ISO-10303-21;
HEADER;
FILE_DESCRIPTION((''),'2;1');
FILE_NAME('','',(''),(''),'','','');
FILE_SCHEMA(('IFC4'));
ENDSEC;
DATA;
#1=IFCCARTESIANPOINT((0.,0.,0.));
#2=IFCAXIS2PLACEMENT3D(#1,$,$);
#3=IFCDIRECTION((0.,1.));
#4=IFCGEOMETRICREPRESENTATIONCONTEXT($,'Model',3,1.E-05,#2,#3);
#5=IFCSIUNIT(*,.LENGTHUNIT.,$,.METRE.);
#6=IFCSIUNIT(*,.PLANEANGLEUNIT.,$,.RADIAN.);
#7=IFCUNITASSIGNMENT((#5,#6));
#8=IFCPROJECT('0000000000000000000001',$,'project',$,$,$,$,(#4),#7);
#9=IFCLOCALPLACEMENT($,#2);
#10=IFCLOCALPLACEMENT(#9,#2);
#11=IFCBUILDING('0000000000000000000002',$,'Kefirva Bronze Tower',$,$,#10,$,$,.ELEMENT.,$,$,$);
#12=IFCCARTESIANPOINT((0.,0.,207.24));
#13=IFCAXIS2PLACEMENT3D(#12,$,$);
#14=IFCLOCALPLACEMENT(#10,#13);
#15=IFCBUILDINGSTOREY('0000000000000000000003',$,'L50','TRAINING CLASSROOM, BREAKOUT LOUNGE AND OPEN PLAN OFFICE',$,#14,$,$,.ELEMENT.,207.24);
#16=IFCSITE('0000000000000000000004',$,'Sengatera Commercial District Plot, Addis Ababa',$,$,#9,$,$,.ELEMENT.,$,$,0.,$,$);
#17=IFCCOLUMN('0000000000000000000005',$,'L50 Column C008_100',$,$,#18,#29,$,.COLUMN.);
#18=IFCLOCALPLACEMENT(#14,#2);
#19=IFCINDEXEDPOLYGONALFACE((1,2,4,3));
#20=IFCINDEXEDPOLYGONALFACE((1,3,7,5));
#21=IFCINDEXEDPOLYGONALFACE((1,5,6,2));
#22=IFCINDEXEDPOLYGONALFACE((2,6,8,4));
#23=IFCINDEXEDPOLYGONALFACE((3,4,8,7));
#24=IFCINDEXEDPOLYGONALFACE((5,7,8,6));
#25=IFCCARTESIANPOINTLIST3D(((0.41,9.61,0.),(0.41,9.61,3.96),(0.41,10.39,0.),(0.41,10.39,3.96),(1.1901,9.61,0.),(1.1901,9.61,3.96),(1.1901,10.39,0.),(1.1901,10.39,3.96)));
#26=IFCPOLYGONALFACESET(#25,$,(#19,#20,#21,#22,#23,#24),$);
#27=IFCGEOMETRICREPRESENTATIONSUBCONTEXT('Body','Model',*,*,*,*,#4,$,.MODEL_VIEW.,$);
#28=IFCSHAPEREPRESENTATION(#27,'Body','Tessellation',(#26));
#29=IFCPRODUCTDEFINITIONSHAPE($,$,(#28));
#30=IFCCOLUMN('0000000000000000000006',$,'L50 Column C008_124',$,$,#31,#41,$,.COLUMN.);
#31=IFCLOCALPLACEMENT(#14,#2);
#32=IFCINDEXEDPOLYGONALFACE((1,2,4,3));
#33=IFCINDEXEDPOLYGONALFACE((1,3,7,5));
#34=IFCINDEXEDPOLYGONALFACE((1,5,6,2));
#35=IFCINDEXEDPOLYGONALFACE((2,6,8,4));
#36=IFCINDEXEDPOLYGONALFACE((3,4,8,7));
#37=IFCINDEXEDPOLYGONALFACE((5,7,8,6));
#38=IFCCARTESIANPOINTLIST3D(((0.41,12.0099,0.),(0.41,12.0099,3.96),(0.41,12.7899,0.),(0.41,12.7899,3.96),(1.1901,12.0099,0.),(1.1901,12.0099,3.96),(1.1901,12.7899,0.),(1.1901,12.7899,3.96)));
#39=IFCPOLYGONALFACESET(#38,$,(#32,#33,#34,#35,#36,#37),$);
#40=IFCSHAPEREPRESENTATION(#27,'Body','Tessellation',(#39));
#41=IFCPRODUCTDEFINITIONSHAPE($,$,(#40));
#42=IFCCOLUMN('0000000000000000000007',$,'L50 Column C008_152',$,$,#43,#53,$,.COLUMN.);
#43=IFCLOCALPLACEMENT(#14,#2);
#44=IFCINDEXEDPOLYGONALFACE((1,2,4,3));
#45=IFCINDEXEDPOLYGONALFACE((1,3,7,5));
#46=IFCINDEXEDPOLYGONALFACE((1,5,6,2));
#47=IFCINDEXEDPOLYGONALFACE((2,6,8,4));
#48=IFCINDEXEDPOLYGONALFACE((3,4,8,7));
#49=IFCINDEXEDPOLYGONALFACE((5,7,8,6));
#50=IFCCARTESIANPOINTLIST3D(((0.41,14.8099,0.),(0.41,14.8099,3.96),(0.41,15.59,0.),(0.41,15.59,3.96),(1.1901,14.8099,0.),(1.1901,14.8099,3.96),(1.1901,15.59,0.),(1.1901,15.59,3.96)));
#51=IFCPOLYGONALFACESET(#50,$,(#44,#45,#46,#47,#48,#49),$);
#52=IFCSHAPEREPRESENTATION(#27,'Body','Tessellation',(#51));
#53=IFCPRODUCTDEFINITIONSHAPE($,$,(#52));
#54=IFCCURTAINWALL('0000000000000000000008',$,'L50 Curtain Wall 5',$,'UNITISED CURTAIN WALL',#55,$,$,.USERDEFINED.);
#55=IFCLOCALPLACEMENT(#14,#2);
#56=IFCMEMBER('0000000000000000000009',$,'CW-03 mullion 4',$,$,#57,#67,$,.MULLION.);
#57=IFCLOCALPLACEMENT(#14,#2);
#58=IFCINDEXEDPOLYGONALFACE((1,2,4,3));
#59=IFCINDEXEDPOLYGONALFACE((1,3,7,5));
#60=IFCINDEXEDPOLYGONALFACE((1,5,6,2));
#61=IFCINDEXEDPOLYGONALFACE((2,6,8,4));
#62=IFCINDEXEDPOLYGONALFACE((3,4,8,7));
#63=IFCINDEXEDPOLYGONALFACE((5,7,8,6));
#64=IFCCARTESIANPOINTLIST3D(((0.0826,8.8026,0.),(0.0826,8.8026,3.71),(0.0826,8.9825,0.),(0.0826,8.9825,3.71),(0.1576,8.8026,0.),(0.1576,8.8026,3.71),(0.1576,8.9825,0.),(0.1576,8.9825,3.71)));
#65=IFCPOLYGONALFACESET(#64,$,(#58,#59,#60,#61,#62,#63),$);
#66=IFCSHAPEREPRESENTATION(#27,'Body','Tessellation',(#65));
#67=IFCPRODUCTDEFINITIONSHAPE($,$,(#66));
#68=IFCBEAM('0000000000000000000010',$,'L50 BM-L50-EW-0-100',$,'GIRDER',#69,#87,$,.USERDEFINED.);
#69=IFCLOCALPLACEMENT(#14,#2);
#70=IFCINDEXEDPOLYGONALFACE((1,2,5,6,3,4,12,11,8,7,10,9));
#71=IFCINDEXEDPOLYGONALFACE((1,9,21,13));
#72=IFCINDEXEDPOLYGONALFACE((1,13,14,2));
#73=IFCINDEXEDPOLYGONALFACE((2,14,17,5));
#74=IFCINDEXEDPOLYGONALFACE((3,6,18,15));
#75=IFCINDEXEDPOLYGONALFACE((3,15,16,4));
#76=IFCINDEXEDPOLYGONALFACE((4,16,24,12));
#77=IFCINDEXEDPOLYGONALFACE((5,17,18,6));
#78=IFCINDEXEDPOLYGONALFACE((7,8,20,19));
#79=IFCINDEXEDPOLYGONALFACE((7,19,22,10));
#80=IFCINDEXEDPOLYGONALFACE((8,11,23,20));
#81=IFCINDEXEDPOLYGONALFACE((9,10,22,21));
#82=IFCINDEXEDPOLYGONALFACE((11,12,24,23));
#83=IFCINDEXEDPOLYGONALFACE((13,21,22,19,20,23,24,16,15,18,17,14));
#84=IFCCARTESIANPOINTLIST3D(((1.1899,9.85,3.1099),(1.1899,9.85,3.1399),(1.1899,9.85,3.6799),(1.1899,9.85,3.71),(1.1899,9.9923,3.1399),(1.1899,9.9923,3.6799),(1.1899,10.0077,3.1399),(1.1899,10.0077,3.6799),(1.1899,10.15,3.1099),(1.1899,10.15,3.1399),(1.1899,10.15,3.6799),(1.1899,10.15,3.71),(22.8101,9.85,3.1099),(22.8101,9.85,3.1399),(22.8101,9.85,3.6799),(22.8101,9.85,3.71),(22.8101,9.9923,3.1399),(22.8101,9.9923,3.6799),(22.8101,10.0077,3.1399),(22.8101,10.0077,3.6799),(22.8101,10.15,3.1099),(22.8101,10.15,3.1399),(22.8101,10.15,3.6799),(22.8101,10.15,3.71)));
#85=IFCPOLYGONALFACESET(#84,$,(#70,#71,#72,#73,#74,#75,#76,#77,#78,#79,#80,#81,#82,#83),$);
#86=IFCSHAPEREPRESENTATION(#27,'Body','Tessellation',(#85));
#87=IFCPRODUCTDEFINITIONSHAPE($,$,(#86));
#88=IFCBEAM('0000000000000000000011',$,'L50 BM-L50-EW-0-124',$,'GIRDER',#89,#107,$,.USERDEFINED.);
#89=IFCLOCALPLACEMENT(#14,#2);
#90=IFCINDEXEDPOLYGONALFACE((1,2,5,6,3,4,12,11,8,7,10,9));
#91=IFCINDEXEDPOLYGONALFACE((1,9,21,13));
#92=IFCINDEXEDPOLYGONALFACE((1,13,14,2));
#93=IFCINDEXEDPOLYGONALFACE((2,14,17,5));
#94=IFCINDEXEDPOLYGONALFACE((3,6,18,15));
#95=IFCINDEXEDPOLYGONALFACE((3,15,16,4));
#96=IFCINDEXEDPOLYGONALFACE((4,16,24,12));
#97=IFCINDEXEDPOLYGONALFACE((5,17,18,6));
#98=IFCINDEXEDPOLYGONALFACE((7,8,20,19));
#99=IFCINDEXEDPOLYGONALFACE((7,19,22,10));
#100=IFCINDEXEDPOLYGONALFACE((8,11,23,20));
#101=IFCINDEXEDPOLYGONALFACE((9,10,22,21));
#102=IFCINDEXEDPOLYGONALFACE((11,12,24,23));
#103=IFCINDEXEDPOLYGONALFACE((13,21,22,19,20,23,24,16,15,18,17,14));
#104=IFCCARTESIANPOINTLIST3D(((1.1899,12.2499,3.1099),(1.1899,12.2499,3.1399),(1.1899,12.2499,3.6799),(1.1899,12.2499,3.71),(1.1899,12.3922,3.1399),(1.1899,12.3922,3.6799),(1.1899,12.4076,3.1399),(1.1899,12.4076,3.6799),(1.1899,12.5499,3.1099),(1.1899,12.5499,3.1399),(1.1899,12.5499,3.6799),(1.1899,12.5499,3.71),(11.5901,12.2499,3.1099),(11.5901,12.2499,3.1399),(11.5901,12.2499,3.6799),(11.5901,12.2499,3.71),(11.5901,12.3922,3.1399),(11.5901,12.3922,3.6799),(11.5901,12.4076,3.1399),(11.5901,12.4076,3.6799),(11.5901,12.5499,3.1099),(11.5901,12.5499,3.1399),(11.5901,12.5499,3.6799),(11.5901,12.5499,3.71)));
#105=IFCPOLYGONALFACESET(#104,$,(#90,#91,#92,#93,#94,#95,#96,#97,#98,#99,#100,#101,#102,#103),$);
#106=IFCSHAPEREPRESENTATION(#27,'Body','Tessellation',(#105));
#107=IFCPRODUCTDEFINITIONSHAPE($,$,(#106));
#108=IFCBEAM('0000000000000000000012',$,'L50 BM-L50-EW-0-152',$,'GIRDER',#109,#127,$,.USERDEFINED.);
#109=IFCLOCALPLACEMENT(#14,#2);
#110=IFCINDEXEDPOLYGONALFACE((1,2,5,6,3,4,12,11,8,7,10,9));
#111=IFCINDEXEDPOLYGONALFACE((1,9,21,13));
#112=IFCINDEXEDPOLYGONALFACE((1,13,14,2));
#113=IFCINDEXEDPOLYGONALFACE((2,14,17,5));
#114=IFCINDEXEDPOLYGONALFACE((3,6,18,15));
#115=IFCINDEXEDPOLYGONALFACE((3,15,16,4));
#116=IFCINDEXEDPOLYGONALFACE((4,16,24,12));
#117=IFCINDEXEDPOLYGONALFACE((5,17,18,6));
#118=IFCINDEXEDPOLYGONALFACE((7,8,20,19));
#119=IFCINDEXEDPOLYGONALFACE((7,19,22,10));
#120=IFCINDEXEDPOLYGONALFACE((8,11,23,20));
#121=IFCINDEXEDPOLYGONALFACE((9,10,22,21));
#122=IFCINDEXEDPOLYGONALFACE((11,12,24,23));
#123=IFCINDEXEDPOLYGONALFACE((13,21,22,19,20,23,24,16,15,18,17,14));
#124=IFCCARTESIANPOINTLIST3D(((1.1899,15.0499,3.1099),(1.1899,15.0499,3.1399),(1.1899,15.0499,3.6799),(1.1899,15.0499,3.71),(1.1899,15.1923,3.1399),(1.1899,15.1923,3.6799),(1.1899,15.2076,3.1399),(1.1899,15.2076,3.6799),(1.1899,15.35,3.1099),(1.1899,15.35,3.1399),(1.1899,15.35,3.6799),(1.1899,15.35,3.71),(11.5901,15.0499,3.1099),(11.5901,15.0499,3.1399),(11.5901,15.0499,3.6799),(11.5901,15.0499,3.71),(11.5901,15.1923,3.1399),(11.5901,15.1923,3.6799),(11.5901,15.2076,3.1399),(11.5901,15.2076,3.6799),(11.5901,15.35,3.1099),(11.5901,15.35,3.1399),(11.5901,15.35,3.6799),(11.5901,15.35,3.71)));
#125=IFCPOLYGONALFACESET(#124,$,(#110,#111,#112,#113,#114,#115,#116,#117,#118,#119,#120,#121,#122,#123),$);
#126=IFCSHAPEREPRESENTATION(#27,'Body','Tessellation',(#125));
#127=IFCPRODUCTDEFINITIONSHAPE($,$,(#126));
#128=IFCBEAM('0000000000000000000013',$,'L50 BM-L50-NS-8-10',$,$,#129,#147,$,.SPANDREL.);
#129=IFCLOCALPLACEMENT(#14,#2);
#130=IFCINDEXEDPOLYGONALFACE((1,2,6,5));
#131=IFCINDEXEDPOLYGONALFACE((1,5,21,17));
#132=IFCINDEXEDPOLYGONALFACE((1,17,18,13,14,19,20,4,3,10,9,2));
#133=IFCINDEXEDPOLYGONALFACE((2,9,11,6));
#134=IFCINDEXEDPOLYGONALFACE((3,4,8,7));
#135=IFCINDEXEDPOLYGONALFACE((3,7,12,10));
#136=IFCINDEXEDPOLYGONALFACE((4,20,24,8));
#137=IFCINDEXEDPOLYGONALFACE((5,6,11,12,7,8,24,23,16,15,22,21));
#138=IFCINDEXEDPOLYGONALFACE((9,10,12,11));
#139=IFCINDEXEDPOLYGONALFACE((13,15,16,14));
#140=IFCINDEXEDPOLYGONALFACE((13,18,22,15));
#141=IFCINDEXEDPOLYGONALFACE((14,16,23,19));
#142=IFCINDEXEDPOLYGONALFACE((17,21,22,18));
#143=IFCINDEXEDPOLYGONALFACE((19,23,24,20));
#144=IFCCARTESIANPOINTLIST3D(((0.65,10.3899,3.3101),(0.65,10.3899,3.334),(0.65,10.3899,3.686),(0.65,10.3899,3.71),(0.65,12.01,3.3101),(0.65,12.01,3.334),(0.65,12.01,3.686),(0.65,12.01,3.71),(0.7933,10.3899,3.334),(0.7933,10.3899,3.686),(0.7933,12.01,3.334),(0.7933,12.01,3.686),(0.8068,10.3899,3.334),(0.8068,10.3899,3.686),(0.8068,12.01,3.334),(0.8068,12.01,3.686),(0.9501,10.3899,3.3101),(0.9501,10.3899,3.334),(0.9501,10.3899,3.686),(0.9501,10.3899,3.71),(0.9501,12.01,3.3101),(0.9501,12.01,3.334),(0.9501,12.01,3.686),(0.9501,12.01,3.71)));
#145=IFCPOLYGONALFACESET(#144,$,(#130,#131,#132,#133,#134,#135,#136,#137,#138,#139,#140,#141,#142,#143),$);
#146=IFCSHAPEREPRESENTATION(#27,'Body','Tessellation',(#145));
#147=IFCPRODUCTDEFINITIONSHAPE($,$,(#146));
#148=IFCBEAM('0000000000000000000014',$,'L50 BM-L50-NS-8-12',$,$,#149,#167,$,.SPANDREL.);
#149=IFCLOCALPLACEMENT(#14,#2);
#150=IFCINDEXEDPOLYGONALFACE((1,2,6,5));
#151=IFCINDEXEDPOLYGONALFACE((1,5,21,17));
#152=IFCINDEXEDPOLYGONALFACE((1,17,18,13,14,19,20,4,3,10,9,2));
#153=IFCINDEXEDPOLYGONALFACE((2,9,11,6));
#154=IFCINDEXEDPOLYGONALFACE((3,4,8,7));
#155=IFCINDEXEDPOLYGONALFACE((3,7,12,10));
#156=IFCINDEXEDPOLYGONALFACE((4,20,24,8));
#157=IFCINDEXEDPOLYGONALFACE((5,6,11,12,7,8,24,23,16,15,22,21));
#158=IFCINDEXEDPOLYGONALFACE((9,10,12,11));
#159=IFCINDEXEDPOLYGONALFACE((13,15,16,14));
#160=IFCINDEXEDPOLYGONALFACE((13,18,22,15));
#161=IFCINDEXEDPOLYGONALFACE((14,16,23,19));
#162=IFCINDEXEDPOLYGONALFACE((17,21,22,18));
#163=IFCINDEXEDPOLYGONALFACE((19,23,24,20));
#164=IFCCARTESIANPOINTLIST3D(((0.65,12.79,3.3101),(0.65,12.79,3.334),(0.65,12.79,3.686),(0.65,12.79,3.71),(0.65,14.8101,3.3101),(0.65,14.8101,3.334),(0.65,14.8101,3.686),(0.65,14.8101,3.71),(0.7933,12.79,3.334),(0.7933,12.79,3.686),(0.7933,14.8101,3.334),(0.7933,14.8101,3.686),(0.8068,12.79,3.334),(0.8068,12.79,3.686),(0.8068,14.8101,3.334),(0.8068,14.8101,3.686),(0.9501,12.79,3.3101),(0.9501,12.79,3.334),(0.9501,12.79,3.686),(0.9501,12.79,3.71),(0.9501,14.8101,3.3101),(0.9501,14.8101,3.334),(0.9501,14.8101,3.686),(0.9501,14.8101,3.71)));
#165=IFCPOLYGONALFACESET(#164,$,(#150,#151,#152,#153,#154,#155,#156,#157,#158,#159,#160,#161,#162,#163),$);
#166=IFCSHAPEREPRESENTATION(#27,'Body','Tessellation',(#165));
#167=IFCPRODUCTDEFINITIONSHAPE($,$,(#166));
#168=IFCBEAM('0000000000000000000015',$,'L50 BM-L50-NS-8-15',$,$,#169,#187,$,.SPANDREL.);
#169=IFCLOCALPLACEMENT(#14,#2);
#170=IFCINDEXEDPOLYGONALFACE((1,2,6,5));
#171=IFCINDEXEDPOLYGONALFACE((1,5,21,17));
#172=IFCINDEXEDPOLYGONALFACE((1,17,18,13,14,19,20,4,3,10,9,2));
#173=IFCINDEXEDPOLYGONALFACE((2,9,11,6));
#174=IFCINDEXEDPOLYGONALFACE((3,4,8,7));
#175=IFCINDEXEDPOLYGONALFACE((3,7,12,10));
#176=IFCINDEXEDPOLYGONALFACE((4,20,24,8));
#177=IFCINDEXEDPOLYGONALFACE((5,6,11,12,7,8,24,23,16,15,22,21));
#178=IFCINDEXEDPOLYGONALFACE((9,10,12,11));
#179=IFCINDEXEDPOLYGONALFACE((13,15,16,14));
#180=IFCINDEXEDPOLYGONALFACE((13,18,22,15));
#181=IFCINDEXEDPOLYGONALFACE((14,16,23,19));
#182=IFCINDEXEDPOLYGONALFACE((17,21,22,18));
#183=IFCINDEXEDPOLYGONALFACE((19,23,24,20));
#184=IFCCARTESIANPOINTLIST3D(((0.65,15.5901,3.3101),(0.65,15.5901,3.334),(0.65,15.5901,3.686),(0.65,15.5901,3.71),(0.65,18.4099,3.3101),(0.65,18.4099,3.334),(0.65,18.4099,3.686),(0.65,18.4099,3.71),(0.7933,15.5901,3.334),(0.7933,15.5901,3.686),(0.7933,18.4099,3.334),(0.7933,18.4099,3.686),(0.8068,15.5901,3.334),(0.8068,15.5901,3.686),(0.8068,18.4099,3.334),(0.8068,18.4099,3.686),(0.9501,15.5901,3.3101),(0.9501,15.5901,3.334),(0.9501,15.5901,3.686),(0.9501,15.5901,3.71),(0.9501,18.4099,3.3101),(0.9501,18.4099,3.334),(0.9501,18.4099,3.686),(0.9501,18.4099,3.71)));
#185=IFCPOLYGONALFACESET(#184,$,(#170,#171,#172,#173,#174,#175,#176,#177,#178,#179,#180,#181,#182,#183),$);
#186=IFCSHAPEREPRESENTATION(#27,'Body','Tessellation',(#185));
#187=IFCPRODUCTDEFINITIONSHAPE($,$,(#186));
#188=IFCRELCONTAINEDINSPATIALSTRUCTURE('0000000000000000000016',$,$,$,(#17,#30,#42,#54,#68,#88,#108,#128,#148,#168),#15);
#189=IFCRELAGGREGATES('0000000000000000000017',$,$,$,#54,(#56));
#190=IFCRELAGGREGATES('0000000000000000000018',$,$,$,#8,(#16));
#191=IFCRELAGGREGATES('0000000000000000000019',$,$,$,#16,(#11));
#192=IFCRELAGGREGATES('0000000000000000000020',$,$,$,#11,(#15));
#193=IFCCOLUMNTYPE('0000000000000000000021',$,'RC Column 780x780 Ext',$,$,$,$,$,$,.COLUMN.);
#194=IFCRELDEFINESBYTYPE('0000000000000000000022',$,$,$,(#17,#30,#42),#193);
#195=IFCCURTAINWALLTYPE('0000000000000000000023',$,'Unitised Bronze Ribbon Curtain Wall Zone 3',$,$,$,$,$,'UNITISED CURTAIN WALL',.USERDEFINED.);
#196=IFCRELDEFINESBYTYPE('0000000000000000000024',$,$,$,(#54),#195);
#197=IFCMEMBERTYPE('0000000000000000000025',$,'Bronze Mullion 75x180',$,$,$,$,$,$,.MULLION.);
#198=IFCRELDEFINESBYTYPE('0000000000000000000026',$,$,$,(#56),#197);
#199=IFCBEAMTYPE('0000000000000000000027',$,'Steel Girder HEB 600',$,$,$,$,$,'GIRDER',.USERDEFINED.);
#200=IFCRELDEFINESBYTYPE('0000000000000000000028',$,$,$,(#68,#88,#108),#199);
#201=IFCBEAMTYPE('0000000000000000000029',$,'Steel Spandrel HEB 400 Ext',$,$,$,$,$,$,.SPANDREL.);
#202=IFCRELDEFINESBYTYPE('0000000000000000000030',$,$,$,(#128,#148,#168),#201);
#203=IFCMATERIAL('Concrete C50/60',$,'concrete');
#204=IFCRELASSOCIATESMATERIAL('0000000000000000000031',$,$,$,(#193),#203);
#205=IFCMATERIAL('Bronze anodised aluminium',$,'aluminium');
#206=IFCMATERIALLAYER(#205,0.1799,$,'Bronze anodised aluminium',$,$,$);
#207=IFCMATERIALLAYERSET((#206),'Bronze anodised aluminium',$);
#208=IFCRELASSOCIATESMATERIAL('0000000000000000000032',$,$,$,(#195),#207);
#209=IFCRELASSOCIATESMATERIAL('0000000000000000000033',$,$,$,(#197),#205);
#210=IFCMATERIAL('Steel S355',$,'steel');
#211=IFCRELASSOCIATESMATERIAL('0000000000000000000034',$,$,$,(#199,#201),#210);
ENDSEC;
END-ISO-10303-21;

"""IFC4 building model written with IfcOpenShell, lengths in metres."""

from ifc_helpers import new_model, si_unit, direction, frame, origin, origin_2d, place, context, subcontext, project, spatial, rectangle, i_section, extrude, material, layer, layer_set, material_profile, profile_set, type_object, element, aggregate, save


model = new_model("IFC4")

# Units and contexts
model_context = context("Model", 3, precision=1e-05, world=origin(), true_north=direction((0.0, 1.0)))
body_context = subcontext(model_context, "Body", "Model", "MODEL_VIEW")
ifc_project = project(units=[si_unit("LENGTHUNIT", "METRE"), si_unit("PLANEANGLEUNIT", "RADIAN")], contexts=[model_context])

# Site, building, storey
site_placement = place(None, origin())
site = spatial("IfcSite", under=ifc_project, at=site_placement, Name="Sengatera Commercial District Plot, Addis Ababa", CompositionType="ELEMENT", RefElevation=0.0)
building_placement = place(site_placement, origin())
building = spatial("IfcBuilding", under=site, at=building_placement, Name="Kefirva Bronze Tower", CompositionType="ELEMENT")
storey_placement = place(building_placement, frame((0.0, 0.0, 207.24)))
storey = spatial("IfcBuildingStorey", under=building, at=storey_placement, Name="L50", Description="TRAINING CLASSROOM, BREAKOUT LOUNGE AND OPEN PLAN OFFICE", CompositionType="ELEMENT", Elevation=207.24)

# Columns
ifc_material_1 = material(Name="Concrete C50/60", Category="concrete")
ifc_material_profile_1 = material_profile(ifc_material_1, rectangle(XDim=0.78, YDim=0.78, at=origin_2d()), Name="RC 780x780")
ifc_profile_set_1 = profile_set([ifc_material_profile_1], Name="Concrete C50/60")
column_type = type_object("IfcColumnType", Name="RC Column 780x780 Ext", PredefinedType="COLUMN", material=ifc_profile_set_1)
for number, where, z_axis, x_axis, name in (
    (1, (0.8, 10.0, 0.0), (0.0, 0.0, 1.0), (1.0, 0.0, 0.0), "L50 Column C008_100"),
    (2, (0.8, 12.3999, 0.0), (0.0, 0.0, 1.0), (1.0, 0.0, 0.0), "L50 Column C008_124"),
    (3, (0.8, 15.2, 0.0), (0.0, 0.0, 1.0), (1.0, 0.0, 0.0), "L50 Column C008_152"),
):
    element("IfcColumn", number, at=place(storey_placement, frame(where, z_axis=z_axis, x_axis=x_axis)), inside=storey, type_object=column_type, Name=name, PredefinedType="COLUMN", context=body_context, shape_type="SweptSolid", body=[
        extrude(rectangle(XDim=0.78, YDim=0.78, at=origin_2d()), origin(), (0.0, 0.0, 1.0), 3.96),
    ])

# Curtain wall, member
ifc_material_2 = material(Name="Bronze anodised aluminium", Category="aluminium")
ifc_layer_1 = layer(ifc_material_2, 0.1799, Name="Bronze anodised aluminium")
ifc_layer_set_1 = layer_set([ifc_layer_1], Name="Bronze anodised aluminium")
curtain_wall_type = type_object("IfcCurtainWallType", Name="Unitised Bronze Ribbon Curtain Wall Zone 3", ElementType="UNITISED CURTAIN WALL", PredefinedType="USERDEFINED", material=ifc_layer_set_1)
curtain_wall_placement = place(storey_placement, origin())
curtain_wall = element("IfcCurtainWall", 4, at=curtain_wall_placement, inside=storey, type_object=curtain_wall_type, Name="L50 Curtain Wall 5", ObjectType="UNITISED CURTAIN WALL", PredefinedType="USERDEFINED")
ifc_material_profile_2 = material_profile(ifc_material_2, rectangle(XDim=0.075, YDim=0.1799, at=origin_2d()), Name="ALU 75x180")
ifc_profile_set_2 = profile_set([ifc_material_profile_2], Name="Bronze anodised aluminium")
member_type = type_object("IfcMemberType", Name="Bronze Mullion 75x180", PredefinedType="MULLION", material=ifc_profile_set_2)
member_placement = place(storey_placement, frame((0.1201, 8.8926, 0.0), z_axis=(0.0, 0.0, 1.0), x_axis=(1.0, 0.0, 0.0)))
member = element("IfcMember", 5, at=member_placement, type_object=member_type, Name="CW-03 mullion 4", PredefinedType="MULLION", context=body_context, shape_type="SweptSolid", body=[
    extrude(rectangle(XDim=0.075, YDim=0.1799, at=origin_2d()), origin(), (0.0, 0.0, 1.0), 3.71),
])

# Beams
ifc_material_3 = material(Name="Steel S355", Category="steel")
ifc_material_profile_3 = material_profile(ifc_material_3, i_section(OverallWidth=0.3, OverallDepth=0.6001, WebThickness=0.0154, FlangeThickness=0.03, at=origin_2d()), Name="HEB 600")
ifc_profile_set_3 = profile_set([ifc_material_profile_3], Name="Steel S355")
beam_type_1 = type_object("IfcBeamType", Name="Steel Girder HEB 600", ElementType="GIRDER", PredefinedType="USERDEFINED", material=ifc_profile_set_3)
beam_1_placement = place(storey_placement, frame((1.1899, 10.0, 3.4099), z_axis=(1.0, 0.0, 0.0), x_axis=(0.0, 1.0, 0.0)))
element("IfcBeam", 6, at=beam_1_placement, inside=storey, type_object=beam_type_1, Name="L50 BM-L50-EW-0-100", ObjectType="GIRDER", PredefinedType="USERDEFINED", context=body_context, shape_type="SweptSolid", body=[
    extrude(i_section(OverallWidth=0.3, OverallDepth=0.6001, WebThickness=0.0154, FlangeThickness=0.03, at=origin_2d()), origin(), (0.0, 0.0, 1.0), 21.6201),
])
for number, where, z_axis, x_axis, name in (
    (7, (1.1899, 12.3999, 3.4099), (1.0, 0.0, 0.0), (0.0, 1.0, 0.0), "L50 BM-L50-EW-0-124"),
    (8, (1.1899, 15.2, 3.4099), (1.0, 0.0, 0.0), (0.0, 1.0, 0.0), "L50 BM-L50-EW-0-152"),
):
    element("IfcBeam", number, at=place(storey_placement, frame(where, z_axis=z_axis, x_axis=x_axis)), inside=storey, type_object=beam_type_1, Name=name, ObjectType="GIRDER", PredefinedType="USERDEFINED", context=body_context, shape_type="SweptSolid", body=[
        extrude(i_section(OverallWidth=0.3, OverallDepth=0.6001, WebThickness=0.0154, FlangeThickness=0.03, at=origin_2d()), origin(), (0.0, 0.0, 1.0), 10.4001),
    ])
ifc_material_profile_4 = material_profile(ifc_material_3, i_section(OverallWidth=0.3, OverallDepth=0.3999, WebThickness=0.0134, FlangeThickness=0.0239, at=origin_2d()), Name="HEB 400")
ifc_profile_set_4 = profile_set([ifc_material_profile_4], Name="Steel S355")
beam_type_2 = type_object("IfcBeamType", Name="Steel Spandrel HEB 400 Ext", PredefinedType="SPANDREL", material=ifc_profile_set_4)
beam_2_placement = place(storey_placement, frame((0.8, 10.3899, 3.51), z_axis=(0.0, 1.0, 0.0), x_axis=(-1.0, 0.0, 0.0)))
element("IfcBeam", 9, at=beam_2_placement, inside=storey, type_object=beam_type_2, Name="L50 BM-L50-NS-8-10", PredefinedType="SPANDREL", context=body_context, shape_type="SweptSolid", body=[
    extrude(i_section(OverallWidth=0.3, OverallDepth=0.3999, WebThickness=0.0134, FlangeThickness=0.0239, at=origin_2d()), origin(), (0.0, 0.0, 1.0), 1.6201),
])
beam_3_placement = place(storey_placement, frame((0.8, 12.79, 3.51), z_axis=(0.0, 1.0, 0.0), x_axis=(-1.0, 0.0, 0.0)))
element("IfcBeam", 10, at=beam_3_placement, inside=storey, type_object=beam_type_2, Name="L50 BM-L50-NS-8-12", PredefinedType="SPANDREL", context=body_context, shape_type="SweptSolid", body=[
    extrude(i_section(OverallWidth=0.3, OverallDepth=0.3999, WebThickness=0.0134, FlangeThickness=0.0239, at=origin_2d()), origin(), (0.0, 0.0, 1.0), 2.02),
])
beam_4_placement = place(storey_placement, frame((0.8, 15.5901, 3.51), z_axis=(0.0, 1.0, 0.0), x_axis=(-1.0, 0.0, 0.0)))
element("IfcBeam", 11, at=beam_4_placement, inside=storey, type_object=beam_type_2, Name="L50 BM-L50-NS-8-15", PredefinedType="SPANDREL", context=body_context, shape_type="SweptSolid", body=[
    extrude(i_section(OverallWidth=0.3, OverallDepth=0.3999, WebThickness=0.0134, FlangeThickness=0.0239, at=origin_2d()), origin(), (0.0, 0.0, 1.0), 2.8198),
])

aggregate(curtain_wall, [member])

save(model, "model.ifc")
